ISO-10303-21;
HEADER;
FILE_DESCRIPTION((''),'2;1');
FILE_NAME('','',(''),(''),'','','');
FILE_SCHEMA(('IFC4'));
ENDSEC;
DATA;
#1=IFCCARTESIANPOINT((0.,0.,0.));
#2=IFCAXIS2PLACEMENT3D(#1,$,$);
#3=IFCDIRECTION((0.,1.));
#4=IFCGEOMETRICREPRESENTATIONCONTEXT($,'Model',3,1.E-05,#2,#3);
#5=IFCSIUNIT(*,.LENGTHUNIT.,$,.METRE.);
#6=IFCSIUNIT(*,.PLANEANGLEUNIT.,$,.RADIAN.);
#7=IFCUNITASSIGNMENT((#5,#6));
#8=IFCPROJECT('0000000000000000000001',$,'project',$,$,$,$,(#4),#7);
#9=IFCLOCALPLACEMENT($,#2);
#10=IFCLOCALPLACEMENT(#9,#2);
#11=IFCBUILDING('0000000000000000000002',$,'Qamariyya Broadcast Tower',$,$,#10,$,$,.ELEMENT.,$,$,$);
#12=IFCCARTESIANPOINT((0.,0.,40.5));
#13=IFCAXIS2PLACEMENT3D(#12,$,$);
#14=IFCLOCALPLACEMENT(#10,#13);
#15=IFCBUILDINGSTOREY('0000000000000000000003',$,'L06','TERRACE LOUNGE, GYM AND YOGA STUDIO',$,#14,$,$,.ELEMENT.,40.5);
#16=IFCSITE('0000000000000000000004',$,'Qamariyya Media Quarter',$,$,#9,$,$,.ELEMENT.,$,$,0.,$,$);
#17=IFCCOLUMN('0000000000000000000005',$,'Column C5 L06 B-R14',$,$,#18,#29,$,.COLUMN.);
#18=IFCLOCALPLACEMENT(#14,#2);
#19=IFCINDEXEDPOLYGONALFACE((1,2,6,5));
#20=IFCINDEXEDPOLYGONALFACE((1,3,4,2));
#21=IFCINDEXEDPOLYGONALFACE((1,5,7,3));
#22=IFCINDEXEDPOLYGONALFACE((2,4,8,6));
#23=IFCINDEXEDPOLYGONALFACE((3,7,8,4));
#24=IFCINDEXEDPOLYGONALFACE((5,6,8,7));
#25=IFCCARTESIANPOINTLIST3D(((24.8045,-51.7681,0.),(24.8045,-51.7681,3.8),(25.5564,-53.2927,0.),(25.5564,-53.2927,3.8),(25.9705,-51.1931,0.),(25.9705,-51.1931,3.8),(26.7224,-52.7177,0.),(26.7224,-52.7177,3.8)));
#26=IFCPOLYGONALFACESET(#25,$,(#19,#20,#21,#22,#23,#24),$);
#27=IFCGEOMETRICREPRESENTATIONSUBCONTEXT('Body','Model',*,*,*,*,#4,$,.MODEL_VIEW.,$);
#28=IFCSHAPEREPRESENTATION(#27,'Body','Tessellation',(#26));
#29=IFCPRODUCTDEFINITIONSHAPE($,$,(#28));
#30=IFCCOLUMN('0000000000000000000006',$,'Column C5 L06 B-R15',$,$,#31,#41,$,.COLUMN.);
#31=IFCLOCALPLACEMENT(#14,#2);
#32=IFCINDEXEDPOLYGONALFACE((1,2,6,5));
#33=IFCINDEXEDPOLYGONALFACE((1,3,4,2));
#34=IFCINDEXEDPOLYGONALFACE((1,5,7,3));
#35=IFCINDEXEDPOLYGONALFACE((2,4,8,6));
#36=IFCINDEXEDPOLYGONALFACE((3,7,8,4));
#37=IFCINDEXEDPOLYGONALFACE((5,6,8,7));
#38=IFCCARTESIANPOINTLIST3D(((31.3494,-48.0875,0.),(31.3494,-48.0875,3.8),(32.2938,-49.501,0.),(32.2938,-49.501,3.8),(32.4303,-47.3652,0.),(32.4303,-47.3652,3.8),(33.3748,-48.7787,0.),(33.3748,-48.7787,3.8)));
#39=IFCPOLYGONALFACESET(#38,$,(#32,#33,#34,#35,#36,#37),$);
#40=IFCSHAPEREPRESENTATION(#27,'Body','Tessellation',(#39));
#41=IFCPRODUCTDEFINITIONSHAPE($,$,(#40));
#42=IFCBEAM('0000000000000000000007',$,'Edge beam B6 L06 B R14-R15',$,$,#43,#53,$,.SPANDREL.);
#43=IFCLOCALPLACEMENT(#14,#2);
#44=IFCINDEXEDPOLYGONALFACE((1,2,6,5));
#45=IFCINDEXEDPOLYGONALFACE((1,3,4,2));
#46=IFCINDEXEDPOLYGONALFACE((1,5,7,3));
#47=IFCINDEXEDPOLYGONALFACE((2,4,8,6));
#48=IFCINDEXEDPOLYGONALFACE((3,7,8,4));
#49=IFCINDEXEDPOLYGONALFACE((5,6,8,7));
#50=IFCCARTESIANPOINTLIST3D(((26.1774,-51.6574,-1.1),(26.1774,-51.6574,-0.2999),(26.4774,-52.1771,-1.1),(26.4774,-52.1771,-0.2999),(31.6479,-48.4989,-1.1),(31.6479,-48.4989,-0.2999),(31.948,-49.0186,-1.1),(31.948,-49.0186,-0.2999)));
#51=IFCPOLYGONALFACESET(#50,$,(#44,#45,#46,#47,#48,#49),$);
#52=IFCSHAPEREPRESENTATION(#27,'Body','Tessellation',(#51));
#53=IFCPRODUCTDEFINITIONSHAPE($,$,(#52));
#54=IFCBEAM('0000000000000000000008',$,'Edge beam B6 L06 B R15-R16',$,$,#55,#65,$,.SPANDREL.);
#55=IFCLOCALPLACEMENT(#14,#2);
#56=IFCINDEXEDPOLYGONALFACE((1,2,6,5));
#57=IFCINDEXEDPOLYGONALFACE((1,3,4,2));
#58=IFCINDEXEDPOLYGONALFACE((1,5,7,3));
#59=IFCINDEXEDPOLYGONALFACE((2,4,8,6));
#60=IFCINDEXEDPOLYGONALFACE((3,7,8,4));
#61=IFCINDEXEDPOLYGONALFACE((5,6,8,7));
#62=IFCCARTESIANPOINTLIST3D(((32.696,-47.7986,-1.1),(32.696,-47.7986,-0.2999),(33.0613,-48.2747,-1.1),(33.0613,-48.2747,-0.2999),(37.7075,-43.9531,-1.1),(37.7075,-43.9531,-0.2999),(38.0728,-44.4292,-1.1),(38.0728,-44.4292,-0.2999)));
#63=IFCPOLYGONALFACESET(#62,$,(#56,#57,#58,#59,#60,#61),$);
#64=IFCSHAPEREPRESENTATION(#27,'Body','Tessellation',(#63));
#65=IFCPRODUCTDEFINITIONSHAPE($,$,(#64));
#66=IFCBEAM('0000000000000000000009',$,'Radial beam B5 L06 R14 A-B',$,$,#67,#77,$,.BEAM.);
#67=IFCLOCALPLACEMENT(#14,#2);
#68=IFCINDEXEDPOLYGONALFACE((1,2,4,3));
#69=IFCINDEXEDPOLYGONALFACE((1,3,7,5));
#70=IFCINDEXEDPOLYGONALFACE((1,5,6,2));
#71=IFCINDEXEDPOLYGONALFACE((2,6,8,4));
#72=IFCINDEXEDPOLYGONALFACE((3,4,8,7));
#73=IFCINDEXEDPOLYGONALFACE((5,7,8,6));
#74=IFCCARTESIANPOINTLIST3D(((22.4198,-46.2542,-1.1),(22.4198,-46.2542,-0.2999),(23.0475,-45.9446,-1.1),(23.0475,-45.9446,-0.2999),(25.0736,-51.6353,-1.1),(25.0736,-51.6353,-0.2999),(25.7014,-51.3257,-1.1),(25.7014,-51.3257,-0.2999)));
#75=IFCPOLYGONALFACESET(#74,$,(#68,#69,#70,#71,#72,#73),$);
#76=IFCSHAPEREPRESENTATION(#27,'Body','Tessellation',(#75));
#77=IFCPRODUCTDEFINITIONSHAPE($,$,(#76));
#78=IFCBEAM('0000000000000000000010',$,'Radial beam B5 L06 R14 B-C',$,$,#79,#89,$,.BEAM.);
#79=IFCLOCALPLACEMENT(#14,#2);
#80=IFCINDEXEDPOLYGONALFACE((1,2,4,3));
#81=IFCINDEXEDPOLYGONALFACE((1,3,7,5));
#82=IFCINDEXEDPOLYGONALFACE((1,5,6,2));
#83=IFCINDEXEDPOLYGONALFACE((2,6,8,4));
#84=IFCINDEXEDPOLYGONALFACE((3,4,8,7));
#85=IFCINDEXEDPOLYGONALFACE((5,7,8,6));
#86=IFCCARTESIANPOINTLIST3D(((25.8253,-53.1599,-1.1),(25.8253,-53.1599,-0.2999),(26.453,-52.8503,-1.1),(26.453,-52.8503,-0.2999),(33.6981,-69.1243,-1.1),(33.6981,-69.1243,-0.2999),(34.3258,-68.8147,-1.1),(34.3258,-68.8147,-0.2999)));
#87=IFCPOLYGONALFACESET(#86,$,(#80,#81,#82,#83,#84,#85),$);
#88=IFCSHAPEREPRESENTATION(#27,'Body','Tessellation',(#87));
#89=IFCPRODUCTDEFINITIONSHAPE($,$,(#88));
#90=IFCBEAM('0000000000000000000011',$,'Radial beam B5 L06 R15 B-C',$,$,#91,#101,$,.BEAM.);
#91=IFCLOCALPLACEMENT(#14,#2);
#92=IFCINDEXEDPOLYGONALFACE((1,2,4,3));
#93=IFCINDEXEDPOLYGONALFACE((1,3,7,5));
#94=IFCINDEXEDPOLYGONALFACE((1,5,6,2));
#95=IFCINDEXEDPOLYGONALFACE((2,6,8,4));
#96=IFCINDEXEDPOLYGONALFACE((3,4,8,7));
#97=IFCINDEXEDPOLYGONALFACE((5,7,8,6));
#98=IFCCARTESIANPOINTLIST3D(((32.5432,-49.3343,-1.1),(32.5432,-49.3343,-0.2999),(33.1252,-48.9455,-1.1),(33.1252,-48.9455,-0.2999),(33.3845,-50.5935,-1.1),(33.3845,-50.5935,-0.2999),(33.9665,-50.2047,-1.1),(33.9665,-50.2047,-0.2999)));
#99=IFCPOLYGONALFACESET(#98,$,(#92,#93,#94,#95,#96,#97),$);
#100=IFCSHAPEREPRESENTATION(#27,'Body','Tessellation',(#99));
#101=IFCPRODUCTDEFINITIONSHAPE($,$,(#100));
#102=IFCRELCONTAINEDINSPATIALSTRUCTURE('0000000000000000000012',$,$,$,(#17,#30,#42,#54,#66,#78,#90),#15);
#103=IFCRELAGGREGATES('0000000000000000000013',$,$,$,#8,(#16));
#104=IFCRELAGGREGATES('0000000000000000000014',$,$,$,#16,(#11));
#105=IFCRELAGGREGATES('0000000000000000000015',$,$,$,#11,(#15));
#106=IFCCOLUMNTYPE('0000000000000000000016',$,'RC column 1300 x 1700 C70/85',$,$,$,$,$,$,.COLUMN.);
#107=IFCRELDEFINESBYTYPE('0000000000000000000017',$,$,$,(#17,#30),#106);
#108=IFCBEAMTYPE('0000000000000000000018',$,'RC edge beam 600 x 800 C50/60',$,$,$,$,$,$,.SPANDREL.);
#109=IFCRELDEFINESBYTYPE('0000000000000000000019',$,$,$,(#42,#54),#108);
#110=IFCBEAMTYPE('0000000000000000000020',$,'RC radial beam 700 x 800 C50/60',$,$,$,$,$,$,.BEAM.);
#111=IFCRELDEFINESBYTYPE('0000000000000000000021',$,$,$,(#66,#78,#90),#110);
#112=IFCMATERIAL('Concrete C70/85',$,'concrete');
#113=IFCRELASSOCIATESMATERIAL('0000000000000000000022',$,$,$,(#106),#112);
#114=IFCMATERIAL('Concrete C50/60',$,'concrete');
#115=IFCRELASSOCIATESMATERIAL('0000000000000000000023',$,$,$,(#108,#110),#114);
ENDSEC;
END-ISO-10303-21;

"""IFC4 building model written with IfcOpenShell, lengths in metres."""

from ifc_helpers import new_model, si_unit, direction, frame, origin, origin_2d, place, context, subcontext, project, spatial, rectangle, extrude, material, material_profile, profile_set, type_object, element, save


model = new_model("IFC4")

# Units and contexts
model_context = context("Model", 3, precision=1e-05, world=origin(), true_north=direction((0.0, 1.0)))
body_context = subcontext(model_context, "Body", "Model", "MODEL_VIEW")
ifc_project = project(units=[si_unit("LENGTHUNIT", "METRE"), si_unit("PLANEANGLEUNIT", "RADIAN")], contexts=[model_context])

# Site, building, storey
site_placement = place(None, origin())
site = spatial("IfcSite", under=ifc_project, at=site_placement, Name="Qamariyya Media Quarter", CompositionType="ELEMENT", RefElevation=0.0)
building_placement = place(site_placement, origin())
building = spatial("IfcBuilding", under=site, at=building_placement, Name="Qamariyya Broadcast Tower", CompositionType="ELEMENT")
storey_placement = place(building_placement, frame((0.0, 0.0, 40.5)))
storey = spatial("IfcBuildingStorey", under=building, at=storey_placement, Name="L06", Description="TERRACE LOUNGE, GYM AND YOGA STUDIO", CompositionType="ELEMENT", Elevation=40.5)

# Columns
ifc_material_1 = material(Name="Concrete C70/85", Category="concrete")
ifc_material_profile_1 = material_profile(ifc_material_1, rectangle(XDim=1.3, YDim=1.7, at=origin_2d()))
ifc_profile_set_1 = profile_set([ifc_material_profile_1], Name="Concrete C70/85")
column_type = type_object("IfcColumnType", Name="RC column 1300 x 1700 C70/85", PredefinedType="COLUMN", material=ifc_profile_set_1)
for number, where, z_axis, x_axis, name in (
    (1, (25.7634, -52.2429, 0.0), (0.0, 0.0, 1.0), (0.896873, 0.442289, 0.0), "Column C5 L06 B-R14"),
    (2, (32.3621, -48.4331, 0.0), (0.0, 0.0, 1.0), (0.83147, 0.55557, 0.0), "Column C5 L06 B-R15"),
):
    element("IfcColumn", number, at=place(storey_placement, frame(where, z_axis=z_axis, x_axis=x_axis)), inside=storey, type_object=column_type, Name=name, PredefinedType="COLUMN", context=body_context, shape_type="SweptSolid", body=[
        extrude(rectangle(XDim=1.3, YDim=1.7, at=origin_2d()), origin(), (0.0, 0.0, 1.0), 3.8),
    ])

# Beams
ifc_material_2 = material(Name="Concrete C50/60", Category="concrete")
ifc_material_profile_2 = material_profile(ifc_material_2, rectangle(XDim=0.6001, YDim=0.8, at=origin_2d()))
ifc_profile_set_2 = profile_set([ifc_material_profile_2], Name="Concrete C50/60")
beam_type_1 = type_object("IfcBeamType", Name="RC edge beam 600 x 800 C50/60", PredefinedType="SPANDREL", material=ifc_profile_set_2)
for number, where, z_axis, x_axis, name in (
    (3, (26.3274, -51.9172, -0.7), (0.86602, 0.500009, 0.0), (-0.500009, 0.86602, 0.0), "Edge beam B6 L06 B R14-R15"),
    (4, (32.8787, -48.0366, -0.7), (0.793352, 0.608763, 0.0), (-0.608763, 0.793352, 0.0), "Edge beam B6 L06 B R15-R16"),
):
    element("IfcBeam", number, at=place(storey_placement, frame(where, z_axis=z_axis, x_axis=x_axis)), inside=storey, type_object=beam_type_1, Name=name, PredefinedType="SPANDREL", context=body_context, shape_type="SweptSolid", body=[
        extrude(rectangle(XDim=0.6001, YDim=0.8, at=origin_2d()), origin(), (0.0, 0.0, 1.0), 6.3169),
    ])
ifc_material_profile_3 = material_profile(ifc_material_2, rectangle(XDim=0.7, YDim=0.8, at=origin_2d()))
ifc_profile_set_3 = profile_set([ifc_material_profile_3], Name="Concrete C50/60")
beam_type_2 = type_object("IfcBeamType", Name="RC radial beam 700 x 800 C50/60", PredefinedType="BEAM", material=ifc_profile_set_3)
beam_1_placement = place(storey_placement, frame((22.7336, -46.0994, -0.7), z_axis=(0.442308, -0.896863, 0.0), x_axis=(0.896863, 0.442308, 0.0)))
element("IfcBeam", 5, at=beam_1_placement, inside=storey, type_object=beam_type_2, Name="Radial beam B5 L06 R14 A-B", PredefinedType="BEAM", context=body_context, shape_type="SweptSolid", body=[
    extrude(rectangle(XDim=0.7, YDim=0.8, at=origin_2d()), origin(), (0.0, 0.0, 1.0), 6.0),
])
beam_2_placement = place(storey_placement, frame((26.1392, -53.0051, -0.7), z_axis=(0.442291, -0.896872, 0.0), x_axis=(0.896872, 0.442291, 0.0)))
element("IfcBeam", 6, at=beam_2_placement, inside=storey, type_object=beam_type_2, Name="Radial beam B5 L06 R14 B-C", PredefinedType="BEAM", context=body_context, shape_type="SweptSolid", body=[
    extrude(rectangle(XDim=0.7, YDim=0.8, at=origin_2d()), origin(), (0.0, 0.0, 1.0), 17.8),
])
beam_3_placement = place(storey_placement, frame((32.8342, -49.1399, -0.7), z_axis=(0.555518, -0.831504, 0.0), x_axis=(0.831504, 0.555518, 0.0)))
element("IfcBeam", 7, at=beam_3_placement, inside=storey, type_object=beam_type_2, Name="Radial beam B5 L06 R15 B-C", PredefinedType="BEAM", context=body_context, shape_type="SweptSolid", body=[
    extrude(rectangle(XDim=0.7, YDim=0.8, at=origin_2d()), origin(), (0.0, 0.0, 1.0), 1.5144),
])

save(model, "model.ifc")
